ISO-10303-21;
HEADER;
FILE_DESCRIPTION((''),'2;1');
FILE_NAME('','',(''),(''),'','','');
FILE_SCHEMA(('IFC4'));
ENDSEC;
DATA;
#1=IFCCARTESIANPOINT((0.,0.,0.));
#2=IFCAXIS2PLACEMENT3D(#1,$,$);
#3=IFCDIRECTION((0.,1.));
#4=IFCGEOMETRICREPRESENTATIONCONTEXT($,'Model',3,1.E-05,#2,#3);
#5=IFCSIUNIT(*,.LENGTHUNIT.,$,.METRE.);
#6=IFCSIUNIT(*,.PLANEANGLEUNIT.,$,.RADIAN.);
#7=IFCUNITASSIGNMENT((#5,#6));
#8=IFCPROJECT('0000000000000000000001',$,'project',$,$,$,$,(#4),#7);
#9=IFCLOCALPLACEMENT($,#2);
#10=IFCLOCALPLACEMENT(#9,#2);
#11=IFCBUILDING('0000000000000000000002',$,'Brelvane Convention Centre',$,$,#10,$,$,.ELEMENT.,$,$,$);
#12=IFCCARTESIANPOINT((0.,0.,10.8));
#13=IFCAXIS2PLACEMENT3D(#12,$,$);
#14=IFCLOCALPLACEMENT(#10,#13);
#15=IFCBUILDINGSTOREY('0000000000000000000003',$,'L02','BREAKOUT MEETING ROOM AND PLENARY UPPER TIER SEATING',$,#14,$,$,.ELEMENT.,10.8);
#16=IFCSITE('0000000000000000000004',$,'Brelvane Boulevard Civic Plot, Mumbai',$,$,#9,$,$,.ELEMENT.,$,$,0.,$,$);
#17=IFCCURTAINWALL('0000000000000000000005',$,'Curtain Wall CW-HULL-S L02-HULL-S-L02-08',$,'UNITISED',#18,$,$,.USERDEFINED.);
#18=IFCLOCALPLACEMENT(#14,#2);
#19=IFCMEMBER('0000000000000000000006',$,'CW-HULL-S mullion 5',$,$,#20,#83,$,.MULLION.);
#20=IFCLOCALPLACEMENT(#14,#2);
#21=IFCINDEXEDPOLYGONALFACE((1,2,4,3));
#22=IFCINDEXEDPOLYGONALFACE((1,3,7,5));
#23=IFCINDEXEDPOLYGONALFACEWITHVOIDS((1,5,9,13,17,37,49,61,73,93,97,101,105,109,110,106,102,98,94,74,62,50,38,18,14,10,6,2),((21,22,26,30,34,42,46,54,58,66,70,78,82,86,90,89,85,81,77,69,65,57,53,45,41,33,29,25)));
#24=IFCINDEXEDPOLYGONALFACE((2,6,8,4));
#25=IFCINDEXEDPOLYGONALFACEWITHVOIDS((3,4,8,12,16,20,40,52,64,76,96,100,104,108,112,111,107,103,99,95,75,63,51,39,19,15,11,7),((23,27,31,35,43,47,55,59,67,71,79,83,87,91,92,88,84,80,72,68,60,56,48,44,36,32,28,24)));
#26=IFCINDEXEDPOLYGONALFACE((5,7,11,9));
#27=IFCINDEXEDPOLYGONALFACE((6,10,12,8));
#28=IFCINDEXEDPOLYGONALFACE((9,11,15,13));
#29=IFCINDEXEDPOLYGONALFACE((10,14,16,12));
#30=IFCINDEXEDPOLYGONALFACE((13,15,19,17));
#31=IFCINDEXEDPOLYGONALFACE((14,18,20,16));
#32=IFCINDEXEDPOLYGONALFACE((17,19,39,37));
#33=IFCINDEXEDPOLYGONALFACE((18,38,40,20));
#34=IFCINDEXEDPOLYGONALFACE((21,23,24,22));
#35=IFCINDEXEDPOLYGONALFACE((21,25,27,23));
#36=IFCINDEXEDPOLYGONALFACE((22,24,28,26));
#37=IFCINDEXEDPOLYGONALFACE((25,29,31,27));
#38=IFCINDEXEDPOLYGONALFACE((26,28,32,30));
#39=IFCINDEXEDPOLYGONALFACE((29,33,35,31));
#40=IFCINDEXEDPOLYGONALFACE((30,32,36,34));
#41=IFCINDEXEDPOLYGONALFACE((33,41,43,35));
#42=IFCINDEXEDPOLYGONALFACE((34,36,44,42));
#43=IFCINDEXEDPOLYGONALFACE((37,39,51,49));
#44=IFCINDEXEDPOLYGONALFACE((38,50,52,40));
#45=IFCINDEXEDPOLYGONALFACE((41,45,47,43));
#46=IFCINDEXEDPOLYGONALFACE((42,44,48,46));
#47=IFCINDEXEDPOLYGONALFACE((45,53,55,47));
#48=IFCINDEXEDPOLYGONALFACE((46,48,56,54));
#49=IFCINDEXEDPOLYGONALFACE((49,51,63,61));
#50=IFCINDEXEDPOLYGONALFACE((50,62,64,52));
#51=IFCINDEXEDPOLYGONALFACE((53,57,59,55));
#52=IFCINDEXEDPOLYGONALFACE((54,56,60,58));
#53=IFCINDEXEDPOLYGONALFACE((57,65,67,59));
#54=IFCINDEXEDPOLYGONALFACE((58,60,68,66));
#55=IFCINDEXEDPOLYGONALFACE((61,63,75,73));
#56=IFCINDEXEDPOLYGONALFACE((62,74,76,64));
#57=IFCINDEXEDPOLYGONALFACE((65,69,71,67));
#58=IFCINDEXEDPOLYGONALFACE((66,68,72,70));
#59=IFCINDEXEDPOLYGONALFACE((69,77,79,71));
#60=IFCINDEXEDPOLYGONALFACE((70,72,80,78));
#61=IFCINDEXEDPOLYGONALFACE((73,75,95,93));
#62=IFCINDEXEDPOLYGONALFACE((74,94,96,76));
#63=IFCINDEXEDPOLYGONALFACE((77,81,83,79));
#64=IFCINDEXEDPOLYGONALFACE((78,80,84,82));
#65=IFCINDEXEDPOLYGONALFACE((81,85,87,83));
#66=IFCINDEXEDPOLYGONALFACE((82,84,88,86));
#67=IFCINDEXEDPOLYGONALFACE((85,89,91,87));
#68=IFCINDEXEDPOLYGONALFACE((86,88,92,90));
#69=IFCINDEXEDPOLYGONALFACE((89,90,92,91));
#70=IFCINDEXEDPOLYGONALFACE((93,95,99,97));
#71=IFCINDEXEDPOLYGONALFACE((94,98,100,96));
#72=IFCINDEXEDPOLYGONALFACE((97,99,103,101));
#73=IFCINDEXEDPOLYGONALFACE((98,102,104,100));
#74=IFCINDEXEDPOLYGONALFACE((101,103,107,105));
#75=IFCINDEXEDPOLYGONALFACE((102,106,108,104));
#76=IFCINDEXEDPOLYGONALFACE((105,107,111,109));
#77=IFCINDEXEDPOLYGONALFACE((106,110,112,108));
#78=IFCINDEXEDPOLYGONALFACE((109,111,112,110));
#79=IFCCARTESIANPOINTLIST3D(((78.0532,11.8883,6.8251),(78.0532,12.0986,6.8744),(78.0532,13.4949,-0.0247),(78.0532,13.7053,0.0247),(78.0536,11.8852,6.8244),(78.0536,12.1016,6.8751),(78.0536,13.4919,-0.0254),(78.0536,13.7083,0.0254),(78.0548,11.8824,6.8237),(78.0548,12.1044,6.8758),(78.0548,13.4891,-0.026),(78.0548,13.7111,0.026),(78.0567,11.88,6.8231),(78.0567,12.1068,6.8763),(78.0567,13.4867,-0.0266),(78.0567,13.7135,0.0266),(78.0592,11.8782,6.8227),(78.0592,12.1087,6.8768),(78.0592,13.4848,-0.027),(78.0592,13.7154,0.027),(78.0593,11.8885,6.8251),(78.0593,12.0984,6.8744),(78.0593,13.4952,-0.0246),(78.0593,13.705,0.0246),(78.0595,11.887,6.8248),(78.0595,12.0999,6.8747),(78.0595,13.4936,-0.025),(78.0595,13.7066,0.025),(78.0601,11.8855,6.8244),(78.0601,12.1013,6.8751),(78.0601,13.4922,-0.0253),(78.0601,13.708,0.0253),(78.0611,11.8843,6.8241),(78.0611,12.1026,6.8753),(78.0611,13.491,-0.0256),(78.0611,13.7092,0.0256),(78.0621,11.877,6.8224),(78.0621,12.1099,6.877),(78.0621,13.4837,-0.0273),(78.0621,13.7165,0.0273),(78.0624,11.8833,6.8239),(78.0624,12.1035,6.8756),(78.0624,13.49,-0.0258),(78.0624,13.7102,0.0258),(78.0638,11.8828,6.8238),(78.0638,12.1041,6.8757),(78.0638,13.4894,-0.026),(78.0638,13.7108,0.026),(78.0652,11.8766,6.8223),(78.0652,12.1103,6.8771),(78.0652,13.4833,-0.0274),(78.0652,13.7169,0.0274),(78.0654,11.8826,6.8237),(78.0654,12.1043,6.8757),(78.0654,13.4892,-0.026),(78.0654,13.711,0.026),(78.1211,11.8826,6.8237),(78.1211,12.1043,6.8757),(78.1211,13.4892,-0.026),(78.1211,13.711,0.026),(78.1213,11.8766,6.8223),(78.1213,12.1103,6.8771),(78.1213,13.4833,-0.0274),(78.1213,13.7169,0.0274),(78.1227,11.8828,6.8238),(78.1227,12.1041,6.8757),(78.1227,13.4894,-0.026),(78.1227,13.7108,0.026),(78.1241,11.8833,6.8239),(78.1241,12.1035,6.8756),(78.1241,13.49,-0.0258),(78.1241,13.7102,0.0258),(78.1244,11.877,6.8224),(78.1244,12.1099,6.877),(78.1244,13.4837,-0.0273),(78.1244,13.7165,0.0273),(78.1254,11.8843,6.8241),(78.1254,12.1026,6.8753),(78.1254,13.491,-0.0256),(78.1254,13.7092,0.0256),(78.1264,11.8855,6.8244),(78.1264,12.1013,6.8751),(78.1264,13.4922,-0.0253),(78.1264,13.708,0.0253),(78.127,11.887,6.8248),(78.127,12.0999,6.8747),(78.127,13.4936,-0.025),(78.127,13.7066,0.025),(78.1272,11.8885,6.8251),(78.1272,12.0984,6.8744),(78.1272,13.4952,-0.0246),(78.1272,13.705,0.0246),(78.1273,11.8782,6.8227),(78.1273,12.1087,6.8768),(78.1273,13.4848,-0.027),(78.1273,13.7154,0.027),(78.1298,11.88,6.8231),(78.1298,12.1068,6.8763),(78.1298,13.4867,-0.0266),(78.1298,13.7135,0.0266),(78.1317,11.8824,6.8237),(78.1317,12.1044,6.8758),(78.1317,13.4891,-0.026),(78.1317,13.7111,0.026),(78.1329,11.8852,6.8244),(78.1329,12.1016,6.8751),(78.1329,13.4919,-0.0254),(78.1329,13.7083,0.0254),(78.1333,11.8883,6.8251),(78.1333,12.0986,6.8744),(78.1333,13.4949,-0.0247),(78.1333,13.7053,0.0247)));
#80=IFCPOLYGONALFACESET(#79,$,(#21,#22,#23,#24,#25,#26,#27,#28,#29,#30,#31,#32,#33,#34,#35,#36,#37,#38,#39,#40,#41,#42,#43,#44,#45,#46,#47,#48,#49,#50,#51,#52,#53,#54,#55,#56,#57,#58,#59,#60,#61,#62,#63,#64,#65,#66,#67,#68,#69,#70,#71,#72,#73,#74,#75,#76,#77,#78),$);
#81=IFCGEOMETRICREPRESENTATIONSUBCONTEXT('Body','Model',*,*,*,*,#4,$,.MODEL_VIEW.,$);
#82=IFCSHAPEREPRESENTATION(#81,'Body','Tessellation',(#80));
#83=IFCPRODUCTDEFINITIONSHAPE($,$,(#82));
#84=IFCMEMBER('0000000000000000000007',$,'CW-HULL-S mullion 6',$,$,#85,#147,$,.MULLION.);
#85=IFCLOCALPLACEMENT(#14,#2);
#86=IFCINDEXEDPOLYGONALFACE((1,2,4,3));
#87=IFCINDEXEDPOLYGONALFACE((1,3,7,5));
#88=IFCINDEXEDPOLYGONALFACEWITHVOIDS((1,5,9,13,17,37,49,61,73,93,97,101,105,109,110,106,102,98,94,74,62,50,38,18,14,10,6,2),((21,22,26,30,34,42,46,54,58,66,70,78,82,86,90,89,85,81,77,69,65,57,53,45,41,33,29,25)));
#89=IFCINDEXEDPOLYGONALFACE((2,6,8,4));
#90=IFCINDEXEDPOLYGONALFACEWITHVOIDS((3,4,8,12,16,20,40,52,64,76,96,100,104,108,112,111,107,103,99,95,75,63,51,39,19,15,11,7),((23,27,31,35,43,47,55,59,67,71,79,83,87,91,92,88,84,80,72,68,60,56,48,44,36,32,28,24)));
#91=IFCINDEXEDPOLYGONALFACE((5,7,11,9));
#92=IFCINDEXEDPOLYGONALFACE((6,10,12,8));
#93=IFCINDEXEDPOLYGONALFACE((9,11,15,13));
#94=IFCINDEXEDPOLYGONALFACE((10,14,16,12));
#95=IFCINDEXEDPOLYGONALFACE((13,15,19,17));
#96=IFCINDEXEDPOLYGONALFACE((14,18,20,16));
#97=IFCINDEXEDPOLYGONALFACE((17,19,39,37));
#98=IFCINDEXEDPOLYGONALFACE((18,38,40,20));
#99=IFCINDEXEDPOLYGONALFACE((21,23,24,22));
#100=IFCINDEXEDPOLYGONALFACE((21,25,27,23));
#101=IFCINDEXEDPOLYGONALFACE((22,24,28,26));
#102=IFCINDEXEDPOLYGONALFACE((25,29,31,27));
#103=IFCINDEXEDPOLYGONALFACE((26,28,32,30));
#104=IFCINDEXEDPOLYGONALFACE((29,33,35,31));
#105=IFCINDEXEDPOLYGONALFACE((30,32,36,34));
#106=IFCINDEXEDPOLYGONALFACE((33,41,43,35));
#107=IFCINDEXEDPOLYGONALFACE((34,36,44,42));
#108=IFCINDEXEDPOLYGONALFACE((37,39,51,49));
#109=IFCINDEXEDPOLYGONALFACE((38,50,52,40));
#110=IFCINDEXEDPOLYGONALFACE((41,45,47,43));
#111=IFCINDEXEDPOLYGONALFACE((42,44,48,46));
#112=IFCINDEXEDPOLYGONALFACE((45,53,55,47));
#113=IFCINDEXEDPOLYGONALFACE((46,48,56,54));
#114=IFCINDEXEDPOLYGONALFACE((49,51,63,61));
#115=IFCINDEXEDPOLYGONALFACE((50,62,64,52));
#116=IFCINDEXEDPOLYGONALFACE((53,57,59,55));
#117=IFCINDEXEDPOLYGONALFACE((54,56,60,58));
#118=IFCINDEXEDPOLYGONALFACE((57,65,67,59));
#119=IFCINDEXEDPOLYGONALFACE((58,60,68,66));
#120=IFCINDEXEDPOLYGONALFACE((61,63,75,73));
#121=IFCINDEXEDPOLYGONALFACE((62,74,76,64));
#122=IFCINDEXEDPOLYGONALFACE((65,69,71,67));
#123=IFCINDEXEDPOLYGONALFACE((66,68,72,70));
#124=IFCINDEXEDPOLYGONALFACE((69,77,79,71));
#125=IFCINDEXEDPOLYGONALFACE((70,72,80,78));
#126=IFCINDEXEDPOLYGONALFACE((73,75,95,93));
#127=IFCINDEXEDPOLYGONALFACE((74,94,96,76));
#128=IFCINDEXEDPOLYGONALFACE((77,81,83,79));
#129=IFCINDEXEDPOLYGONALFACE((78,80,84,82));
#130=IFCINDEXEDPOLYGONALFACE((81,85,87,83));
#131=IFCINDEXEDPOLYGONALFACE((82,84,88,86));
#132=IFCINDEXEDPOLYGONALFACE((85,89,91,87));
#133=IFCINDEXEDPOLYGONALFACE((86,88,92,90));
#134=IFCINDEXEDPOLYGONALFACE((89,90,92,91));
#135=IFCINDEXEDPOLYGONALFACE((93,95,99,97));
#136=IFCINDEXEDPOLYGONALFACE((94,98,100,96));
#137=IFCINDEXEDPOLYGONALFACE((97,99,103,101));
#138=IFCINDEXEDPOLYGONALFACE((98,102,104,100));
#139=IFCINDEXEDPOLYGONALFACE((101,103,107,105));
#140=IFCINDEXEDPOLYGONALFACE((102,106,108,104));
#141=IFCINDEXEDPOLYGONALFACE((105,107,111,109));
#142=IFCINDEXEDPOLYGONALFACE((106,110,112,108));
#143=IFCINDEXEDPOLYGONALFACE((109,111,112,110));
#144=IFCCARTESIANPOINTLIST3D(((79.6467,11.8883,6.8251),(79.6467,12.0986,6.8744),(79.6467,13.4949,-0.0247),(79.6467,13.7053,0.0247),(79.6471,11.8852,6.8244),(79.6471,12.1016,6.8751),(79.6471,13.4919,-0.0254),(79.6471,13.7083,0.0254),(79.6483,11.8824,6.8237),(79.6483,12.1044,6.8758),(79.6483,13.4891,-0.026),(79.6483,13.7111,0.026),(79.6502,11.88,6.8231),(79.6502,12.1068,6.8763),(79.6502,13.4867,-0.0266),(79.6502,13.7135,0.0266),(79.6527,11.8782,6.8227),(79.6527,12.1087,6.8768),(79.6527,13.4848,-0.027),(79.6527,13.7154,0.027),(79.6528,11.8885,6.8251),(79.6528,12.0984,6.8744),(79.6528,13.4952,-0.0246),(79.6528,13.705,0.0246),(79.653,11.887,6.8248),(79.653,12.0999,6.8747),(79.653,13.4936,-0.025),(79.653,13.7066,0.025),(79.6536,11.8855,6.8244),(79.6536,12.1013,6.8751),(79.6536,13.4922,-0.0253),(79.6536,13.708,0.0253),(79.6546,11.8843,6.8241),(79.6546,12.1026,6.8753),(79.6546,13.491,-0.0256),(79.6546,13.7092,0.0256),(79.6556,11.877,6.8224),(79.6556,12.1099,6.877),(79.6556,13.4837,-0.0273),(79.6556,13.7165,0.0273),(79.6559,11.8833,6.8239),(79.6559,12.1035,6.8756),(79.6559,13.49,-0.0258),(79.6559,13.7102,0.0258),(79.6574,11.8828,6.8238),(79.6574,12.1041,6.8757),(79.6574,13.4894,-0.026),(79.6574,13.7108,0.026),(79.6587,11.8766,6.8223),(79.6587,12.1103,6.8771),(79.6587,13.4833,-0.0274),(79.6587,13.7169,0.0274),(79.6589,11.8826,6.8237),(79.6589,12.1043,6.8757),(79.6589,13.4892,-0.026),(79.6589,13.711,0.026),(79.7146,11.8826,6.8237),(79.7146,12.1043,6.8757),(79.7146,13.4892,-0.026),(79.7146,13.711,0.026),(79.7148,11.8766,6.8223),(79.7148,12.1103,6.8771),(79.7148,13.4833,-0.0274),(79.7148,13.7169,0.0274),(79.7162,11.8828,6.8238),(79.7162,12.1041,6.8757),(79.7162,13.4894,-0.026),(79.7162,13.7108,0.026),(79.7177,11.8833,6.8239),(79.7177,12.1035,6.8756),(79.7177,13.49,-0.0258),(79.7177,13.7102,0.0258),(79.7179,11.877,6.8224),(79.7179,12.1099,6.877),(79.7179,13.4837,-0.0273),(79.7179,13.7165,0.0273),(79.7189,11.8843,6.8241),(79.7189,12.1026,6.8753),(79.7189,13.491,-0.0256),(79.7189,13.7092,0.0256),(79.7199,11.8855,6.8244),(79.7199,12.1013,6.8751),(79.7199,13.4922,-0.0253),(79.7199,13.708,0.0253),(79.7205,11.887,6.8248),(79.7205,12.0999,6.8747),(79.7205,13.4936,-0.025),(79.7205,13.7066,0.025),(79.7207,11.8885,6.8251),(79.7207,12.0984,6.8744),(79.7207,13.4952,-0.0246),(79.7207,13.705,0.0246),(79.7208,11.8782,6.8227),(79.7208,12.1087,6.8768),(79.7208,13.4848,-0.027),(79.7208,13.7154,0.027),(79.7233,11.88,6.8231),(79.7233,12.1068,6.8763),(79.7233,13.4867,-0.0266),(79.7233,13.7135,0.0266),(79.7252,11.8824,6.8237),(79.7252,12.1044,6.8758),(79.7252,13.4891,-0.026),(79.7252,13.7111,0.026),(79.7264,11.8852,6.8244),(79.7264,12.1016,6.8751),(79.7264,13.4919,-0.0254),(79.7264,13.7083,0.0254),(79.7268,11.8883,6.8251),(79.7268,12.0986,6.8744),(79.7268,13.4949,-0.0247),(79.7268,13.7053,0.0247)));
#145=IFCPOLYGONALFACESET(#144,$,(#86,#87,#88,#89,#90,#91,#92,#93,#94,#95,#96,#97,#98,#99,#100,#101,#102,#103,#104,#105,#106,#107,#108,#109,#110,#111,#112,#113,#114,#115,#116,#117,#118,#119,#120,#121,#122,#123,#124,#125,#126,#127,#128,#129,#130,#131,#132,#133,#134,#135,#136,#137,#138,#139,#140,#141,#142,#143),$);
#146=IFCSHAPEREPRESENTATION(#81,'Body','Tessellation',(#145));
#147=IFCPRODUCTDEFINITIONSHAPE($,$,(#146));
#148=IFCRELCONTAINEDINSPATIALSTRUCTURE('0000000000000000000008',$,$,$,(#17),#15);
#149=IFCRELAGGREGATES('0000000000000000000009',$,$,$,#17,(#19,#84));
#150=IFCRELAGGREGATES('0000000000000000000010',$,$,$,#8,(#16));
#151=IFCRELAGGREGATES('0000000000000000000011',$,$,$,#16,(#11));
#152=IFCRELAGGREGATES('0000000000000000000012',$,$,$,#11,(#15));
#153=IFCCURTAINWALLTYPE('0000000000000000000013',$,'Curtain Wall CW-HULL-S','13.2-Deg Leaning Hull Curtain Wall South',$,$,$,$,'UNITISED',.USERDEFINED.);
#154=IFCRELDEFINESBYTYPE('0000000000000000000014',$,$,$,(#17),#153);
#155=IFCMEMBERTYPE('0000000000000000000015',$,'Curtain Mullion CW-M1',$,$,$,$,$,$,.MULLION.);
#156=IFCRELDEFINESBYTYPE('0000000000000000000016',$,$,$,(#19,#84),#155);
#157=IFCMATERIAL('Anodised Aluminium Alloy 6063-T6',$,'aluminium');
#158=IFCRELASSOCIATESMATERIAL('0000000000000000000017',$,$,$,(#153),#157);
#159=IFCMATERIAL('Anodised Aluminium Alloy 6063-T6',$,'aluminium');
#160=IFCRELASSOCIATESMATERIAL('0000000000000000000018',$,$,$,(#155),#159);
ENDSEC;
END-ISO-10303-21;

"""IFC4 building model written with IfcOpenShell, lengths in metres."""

from ifc_helpers import new_model, si_unit, direction, frame, origin, origin_2d, place, context, subcontext, project, spatial, hollow_rectangle, extrude, material, material_profile, profile_set, type_object, element, aggregate, save


model = new_model("IFC4")

# Units and contexts
model_context = context("Model", 3, precision=1e-05, world=origin(), true_north=direction((0.0, 1.0)))
body_context = subcontext(model_context, "Body", "Model", "MODEL_VIEW")
ifc_project = project(units=[si_unit("LENGTHUNIT", "METRE"), si_unit("PLANEANGLEUNIT", "RADIAN")], contexts=[model_context])

# Site, building, storey
site_placement = place(None, origin())
site = spatial("IfcSite", under=ifc_project, at=site_placement, Name="Brelvane Boulevard Civic Plot, Mumbai", CompositionType="ELEMENT", RefElevation=0.0)
building_placement = place(site_placement, origin())
building = spatial("IfcBuilding", under=site, at=building_placement, Name="Brelvane Convention Centre", CompositionType="ELEMENT")
storey_placement = place(building_placement, frame((0.0, 0.0, 10.8)))
storey = spatial("IfcBuildingStorey", under=building, at=storey_placement, Name="L02", Description="BREAKOUT MEETING ROOM AND PLENARY UPPER TIER SEATING", CompositionType="ELEMENT", Elevation=10.8)

# Curtain wall, members
ifc_material_1 = material(Name="Anodised Aluminium Alloy 6063-T6", Category="aluminium")
curtain_wall_type = type_object("IfcCurtainWallType", Name="Curtain Wall CW-HULL-S", Description="13.2-Deg Leaning Hull Curtain Wall South", ElementType="UNITISED", PredefinedType="USERDEFINED", material=ifc_material_1)
curtain_wall_1_placement = place(storey_placement, origin())
curtain_wall_1 = element("IfcCurtainWall", 1, at=curtain_wall_1_placement, inside=storey, type_object=curtain_wall_type, Name="Curtain Wall CW-HULL-S L02-HULL-S-L02-08", ObjectType="UNITISED", PredefinedType="USERDEFINED")
ifc_material_2 = material(Name="Anodised Aluminium Alloy 6063-T6", Category="aluminium")
ifc_material_profile_1 = material_profile(ifc_material_2, hollow_rectangle(XDim=0.0801, YDim=0.24, WallThickness=0.0061, InnerFilletRadius=0.0061, OuterFilletRadius=0.012, at=origin_2d()), Name="ALU-M 240x80x6.0")
ifc_profile_set_1 = profile_set([ifc_material_profile_1], Name="Anodised Aluminium Alloy 6063-T6")
member_type_1 = type_object("IfcMemberType", Name="Curtain Mullion CW-M1", PredefinedType="MULLION", material=ifc_profile_set_1)
member_1_placement = place(storey_placement, frame((78.0933, 13.6001, 0.0), z_axis=(0.0, -0.22836, 0.973577), x_axis=(1.0, 0.0, 0.0)))
member_1 = element("IfcMember", 2, at=member_1_placement, type_object=member_type_1, Name="CW-HULL-S mullion 5", PredefinedType="MULLION", context=body_context, shape_type="SweptSolid", body=[
    extrude(hollow_rectangle(XDim=0.0801, YDim=0.24, WallThickness=0.0061, InnerFilletRadius=0.0061, OuterFilletRadius=0.012, at=origin_2d()), origin(), (0.0, 0.0, 1.0), 7.0356),
])
member_2_placement = place(storey_placement, frame((79.6868, 13.6001, 0.0), z_axis=(0.0, -0.22836, 0.973577), x_axis=(1.0, 0.0, 0.0)))
member_2 = element("IfcMember", 3, at=member_2_placement, type_object=member_type_1, Name="CW-HULL-S mullion 6", PredefinedType="MULLION", context=body_context, shape_type="SweptSolid", body=[
    extrude(hollow_rectangle(XDim=0.0801, YDim=0.24, WallThickness=0.0061, InnerFilletRadius=0.0061, OuterFilletRadius=0.012, at=origin_2d()), origin(), (0.0, 0.0, 1.0), 7.0356),
])

aggregate(curtain_wall_1, [member_1, member_2])

save(model, "model.ifc")
